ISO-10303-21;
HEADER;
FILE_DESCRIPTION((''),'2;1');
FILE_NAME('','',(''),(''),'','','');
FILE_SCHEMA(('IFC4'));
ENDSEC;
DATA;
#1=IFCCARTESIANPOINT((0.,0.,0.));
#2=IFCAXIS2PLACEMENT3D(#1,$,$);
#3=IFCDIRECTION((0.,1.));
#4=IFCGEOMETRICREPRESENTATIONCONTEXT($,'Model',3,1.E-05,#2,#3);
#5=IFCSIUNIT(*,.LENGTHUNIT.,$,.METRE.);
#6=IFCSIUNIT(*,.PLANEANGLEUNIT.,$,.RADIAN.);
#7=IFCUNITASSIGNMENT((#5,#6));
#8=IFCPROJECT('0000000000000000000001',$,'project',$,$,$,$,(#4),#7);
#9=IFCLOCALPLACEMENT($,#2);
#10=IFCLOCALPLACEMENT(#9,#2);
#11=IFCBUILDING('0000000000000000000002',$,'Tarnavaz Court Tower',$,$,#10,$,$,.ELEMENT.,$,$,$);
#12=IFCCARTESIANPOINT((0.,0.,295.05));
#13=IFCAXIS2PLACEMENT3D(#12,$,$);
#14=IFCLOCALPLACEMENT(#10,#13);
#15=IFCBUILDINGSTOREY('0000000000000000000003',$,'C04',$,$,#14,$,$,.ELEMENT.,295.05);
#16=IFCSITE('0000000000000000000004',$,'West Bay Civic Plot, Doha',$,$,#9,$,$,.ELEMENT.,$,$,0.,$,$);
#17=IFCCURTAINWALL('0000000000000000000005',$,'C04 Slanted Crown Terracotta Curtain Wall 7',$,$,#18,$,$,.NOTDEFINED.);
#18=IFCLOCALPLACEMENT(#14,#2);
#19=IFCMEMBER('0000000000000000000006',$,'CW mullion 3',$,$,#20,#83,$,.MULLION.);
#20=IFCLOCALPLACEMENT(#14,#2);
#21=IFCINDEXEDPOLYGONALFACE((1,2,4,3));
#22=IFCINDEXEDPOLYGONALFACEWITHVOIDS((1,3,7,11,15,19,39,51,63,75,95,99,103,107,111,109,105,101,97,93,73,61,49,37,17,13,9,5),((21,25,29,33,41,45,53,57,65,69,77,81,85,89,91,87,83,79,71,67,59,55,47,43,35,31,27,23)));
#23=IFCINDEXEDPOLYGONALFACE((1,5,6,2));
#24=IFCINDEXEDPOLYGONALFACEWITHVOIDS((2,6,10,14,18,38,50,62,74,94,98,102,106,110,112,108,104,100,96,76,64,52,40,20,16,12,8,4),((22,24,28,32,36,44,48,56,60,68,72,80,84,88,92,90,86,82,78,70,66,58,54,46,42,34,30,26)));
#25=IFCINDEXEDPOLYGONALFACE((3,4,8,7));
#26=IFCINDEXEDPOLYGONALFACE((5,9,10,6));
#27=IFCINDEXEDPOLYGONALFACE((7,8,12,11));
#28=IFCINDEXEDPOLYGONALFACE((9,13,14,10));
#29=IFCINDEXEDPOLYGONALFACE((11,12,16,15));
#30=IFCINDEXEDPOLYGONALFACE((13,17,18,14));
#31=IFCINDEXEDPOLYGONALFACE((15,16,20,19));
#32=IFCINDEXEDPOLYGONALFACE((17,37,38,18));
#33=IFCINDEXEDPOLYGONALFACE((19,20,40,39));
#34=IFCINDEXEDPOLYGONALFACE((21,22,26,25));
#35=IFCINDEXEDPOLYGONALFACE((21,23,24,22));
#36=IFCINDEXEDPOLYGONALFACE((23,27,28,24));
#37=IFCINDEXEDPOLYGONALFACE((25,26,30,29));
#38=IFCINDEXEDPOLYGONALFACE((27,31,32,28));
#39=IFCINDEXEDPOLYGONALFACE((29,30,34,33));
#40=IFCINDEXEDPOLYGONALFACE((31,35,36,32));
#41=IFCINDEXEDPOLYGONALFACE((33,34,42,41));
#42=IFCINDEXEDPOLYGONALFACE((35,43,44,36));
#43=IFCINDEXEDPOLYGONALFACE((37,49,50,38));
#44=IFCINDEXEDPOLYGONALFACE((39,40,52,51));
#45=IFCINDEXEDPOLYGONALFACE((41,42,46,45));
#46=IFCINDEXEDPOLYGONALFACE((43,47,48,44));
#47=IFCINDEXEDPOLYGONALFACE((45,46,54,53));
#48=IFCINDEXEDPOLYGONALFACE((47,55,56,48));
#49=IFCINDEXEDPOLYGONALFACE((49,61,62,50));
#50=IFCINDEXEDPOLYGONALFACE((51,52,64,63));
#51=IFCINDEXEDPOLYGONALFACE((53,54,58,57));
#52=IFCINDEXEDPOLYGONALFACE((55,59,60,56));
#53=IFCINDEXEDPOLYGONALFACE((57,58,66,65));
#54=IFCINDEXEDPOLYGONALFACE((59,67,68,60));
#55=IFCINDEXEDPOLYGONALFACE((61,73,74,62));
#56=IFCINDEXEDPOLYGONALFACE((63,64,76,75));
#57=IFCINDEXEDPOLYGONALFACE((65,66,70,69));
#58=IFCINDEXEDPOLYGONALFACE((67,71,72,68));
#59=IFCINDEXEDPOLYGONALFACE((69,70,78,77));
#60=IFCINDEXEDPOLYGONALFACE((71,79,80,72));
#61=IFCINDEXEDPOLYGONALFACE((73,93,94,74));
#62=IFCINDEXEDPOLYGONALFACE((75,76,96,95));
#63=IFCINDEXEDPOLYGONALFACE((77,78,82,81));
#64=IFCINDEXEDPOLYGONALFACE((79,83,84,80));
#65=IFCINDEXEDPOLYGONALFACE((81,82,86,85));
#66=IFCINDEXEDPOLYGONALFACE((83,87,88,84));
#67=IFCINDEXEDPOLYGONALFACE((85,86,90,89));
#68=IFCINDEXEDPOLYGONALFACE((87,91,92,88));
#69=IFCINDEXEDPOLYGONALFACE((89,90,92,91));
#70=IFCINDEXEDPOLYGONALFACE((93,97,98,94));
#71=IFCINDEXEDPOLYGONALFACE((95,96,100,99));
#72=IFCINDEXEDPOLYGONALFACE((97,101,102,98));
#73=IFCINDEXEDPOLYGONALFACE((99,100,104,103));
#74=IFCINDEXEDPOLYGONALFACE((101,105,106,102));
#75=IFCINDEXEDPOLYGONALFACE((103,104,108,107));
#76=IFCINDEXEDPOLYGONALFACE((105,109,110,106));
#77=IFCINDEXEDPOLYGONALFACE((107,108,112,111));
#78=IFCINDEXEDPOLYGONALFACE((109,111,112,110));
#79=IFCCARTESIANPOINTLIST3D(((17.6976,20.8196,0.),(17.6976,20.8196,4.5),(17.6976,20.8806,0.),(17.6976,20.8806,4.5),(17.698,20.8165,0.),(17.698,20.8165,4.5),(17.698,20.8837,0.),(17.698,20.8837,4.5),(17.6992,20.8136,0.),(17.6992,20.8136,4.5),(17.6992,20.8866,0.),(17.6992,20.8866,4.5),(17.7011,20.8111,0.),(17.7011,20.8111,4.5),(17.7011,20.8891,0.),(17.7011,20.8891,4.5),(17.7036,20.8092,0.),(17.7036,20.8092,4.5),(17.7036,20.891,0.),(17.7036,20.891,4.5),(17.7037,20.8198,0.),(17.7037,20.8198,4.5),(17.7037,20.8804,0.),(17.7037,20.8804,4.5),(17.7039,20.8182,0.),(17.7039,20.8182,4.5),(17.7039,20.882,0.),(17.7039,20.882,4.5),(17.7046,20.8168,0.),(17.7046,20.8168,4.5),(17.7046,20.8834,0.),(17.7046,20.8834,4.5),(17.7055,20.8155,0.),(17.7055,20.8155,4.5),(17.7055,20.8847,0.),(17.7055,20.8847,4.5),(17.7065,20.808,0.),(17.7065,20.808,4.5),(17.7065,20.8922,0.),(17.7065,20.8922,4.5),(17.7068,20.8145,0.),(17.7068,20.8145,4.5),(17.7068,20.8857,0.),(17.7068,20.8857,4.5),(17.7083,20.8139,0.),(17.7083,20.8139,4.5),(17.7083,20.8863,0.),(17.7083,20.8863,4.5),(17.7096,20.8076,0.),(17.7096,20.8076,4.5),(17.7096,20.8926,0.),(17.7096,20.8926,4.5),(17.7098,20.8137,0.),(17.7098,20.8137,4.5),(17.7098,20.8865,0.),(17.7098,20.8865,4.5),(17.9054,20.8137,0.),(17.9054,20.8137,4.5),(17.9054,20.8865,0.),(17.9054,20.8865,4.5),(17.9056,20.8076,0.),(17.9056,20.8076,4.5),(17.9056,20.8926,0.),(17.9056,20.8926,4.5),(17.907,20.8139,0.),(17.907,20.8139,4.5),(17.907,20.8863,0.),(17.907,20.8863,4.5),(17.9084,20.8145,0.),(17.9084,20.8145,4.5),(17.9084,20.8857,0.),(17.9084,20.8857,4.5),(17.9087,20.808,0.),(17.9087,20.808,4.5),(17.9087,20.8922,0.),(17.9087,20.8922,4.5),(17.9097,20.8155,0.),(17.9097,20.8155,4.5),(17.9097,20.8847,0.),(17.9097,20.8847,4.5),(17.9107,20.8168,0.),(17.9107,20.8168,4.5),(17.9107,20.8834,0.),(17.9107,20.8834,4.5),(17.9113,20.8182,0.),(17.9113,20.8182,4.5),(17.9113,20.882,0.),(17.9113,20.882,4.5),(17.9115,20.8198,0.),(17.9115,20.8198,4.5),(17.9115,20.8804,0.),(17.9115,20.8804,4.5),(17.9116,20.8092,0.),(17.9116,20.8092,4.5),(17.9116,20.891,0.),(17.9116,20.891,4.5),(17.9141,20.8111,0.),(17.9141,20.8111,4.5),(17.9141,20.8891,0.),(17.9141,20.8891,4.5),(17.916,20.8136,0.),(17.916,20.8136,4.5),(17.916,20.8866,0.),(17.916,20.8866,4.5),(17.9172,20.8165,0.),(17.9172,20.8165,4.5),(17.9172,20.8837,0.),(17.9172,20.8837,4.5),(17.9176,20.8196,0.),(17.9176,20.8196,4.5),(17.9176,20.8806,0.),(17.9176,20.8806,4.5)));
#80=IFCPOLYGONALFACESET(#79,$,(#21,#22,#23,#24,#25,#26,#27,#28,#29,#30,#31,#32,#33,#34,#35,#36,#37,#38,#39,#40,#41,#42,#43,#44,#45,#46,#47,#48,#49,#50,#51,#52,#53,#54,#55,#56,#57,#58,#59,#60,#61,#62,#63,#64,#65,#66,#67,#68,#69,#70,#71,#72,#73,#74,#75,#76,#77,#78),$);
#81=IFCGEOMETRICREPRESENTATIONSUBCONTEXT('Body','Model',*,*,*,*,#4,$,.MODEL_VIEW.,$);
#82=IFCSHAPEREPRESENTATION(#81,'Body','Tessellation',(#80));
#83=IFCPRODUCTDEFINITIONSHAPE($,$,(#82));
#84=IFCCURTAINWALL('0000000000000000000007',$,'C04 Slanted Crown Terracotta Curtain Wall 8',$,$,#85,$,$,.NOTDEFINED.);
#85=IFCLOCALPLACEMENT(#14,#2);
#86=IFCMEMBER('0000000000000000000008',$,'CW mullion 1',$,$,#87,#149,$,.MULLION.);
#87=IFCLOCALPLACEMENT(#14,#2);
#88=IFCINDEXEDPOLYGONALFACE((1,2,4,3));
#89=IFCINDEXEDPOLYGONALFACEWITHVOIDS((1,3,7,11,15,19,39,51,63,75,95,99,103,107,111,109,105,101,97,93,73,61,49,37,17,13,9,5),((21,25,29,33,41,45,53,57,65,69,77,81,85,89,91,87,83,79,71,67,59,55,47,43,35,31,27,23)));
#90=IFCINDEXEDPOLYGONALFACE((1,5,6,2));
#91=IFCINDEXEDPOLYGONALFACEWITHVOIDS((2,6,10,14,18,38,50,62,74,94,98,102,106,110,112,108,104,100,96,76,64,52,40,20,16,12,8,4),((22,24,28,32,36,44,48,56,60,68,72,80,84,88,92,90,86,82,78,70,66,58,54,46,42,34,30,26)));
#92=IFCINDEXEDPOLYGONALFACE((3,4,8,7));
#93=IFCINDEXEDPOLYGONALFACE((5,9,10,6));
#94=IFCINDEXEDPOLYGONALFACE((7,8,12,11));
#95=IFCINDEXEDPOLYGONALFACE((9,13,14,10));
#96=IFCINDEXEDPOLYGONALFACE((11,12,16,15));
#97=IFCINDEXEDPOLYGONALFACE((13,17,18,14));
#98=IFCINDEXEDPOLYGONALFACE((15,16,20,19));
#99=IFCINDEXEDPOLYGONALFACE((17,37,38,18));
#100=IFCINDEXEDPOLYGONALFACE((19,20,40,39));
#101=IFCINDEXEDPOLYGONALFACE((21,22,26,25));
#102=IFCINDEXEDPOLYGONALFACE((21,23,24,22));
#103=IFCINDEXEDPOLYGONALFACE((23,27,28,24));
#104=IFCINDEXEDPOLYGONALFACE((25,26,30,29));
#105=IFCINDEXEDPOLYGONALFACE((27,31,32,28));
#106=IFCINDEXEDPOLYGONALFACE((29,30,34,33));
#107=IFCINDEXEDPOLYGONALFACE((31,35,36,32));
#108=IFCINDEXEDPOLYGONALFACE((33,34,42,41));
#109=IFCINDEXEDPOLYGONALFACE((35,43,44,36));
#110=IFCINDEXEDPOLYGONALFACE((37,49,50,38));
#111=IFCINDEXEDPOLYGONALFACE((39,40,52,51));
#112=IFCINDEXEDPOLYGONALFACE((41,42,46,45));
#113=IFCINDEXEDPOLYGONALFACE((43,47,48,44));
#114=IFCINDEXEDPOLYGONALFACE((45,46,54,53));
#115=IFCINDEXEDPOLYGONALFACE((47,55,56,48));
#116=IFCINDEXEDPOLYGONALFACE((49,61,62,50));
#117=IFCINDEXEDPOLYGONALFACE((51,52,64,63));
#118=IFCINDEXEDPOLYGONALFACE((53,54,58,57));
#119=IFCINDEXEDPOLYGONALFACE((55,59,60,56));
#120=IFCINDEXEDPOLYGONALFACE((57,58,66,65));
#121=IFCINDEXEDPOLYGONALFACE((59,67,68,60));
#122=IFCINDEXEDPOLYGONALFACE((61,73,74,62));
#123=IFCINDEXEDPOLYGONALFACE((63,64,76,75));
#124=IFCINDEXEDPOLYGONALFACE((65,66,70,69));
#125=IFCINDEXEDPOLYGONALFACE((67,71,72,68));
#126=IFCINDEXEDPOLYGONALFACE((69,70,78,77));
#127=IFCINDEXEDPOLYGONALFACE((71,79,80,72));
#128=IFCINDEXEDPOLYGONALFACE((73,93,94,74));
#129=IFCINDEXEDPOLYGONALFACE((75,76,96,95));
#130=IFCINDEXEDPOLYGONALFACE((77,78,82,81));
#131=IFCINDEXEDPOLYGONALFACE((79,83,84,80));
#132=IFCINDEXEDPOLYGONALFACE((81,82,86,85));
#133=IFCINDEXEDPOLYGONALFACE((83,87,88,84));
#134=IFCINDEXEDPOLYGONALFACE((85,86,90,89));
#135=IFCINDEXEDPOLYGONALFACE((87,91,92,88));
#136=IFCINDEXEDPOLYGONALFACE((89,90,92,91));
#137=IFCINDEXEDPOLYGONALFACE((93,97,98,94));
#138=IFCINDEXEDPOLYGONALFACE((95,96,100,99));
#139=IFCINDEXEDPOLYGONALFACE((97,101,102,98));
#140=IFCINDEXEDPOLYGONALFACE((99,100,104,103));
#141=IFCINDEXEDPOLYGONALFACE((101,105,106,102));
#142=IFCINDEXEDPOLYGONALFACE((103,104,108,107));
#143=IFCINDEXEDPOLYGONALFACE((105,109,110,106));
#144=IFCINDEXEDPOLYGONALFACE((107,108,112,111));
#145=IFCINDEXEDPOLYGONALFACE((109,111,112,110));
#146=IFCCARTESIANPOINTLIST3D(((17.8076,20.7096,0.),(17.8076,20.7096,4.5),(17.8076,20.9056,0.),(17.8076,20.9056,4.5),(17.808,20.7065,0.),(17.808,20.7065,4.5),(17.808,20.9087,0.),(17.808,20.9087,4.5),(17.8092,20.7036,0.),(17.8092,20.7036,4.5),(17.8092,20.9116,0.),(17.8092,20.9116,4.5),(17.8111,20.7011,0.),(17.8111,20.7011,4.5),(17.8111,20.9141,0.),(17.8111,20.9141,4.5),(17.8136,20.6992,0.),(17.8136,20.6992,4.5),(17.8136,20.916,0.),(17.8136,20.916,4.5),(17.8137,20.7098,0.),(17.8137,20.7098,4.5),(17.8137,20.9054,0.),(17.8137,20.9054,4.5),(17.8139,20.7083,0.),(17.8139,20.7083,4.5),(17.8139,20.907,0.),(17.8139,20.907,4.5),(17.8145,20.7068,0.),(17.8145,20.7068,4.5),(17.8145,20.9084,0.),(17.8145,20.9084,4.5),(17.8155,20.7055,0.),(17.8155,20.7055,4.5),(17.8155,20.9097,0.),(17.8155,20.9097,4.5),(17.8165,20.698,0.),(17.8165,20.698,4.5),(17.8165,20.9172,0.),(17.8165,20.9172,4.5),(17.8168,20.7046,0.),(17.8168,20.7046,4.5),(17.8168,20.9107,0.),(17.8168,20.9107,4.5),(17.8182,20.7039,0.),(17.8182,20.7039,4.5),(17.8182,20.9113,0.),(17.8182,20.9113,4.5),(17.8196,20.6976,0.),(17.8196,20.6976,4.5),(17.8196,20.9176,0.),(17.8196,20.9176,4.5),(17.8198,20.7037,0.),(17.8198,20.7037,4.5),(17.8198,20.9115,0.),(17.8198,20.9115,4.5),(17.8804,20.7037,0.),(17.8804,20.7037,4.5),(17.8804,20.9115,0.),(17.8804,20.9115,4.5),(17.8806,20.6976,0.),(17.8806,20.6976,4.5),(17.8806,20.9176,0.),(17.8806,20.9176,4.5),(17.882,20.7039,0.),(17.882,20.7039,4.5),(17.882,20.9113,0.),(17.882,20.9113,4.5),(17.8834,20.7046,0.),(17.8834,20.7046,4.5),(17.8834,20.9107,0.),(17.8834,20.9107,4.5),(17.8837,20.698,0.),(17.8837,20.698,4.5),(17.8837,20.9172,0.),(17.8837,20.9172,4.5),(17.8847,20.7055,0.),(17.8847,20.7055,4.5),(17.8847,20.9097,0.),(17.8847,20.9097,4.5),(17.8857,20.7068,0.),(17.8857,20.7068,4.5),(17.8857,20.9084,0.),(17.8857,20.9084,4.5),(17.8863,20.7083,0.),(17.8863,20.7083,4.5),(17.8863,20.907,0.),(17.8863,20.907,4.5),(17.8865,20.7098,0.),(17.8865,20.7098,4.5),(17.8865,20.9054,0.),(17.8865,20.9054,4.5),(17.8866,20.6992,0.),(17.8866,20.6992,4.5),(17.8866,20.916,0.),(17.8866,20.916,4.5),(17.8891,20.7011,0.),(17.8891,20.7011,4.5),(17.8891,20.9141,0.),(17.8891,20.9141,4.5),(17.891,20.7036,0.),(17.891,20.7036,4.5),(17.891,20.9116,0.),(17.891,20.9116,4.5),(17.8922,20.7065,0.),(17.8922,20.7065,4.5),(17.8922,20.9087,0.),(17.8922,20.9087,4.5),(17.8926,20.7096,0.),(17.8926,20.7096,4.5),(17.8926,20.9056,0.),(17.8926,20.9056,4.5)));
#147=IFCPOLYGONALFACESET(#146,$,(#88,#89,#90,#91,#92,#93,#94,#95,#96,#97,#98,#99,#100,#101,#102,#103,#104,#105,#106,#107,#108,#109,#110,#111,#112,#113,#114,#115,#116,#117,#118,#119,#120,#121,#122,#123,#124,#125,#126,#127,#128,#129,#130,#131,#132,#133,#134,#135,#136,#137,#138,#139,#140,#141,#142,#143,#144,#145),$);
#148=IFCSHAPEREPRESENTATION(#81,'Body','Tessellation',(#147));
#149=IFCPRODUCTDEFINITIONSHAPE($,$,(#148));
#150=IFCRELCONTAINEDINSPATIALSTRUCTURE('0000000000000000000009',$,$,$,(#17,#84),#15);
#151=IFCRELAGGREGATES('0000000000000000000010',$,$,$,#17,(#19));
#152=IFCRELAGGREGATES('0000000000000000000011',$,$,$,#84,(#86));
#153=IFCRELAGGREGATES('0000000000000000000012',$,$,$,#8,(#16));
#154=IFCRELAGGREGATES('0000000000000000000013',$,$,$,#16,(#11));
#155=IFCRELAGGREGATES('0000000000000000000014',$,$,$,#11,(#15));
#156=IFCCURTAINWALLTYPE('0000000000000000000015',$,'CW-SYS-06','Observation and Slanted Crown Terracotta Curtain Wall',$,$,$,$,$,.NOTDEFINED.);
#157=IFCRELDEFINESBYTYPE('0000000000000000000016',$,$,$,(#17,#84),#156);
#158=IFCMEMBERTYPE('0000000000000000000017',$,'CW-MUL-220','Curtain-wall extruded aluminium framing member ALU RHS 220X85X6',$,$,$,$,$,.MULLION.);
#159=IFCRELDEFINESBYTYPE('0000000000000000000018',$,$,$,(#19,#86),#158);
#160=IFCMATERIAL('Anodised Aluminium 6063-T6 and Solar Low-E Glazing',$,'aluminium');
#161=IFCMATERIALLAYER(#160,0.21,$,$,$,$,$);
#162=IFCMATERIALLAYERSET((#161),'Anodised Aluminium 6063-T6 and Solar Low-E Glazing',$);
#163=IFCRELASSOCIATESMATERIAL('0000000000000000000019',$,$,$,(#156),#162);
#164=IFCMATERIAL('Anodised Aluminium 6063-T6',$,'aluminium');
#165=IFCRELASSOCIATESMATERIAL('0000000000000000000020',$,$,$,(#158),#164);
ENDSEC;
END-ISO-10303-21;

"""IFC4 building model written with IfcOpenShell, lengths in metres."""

from ifc_helpers import new_model, si_unit, direction, frame, origin, origin_2d, place, context, subcontext, project, spatial, hollow_rectangle, extrude, material, layer, layer_set, material_profile, profile_set, type_object, element, aggregate, save


model = new_model("IFC4")

# Units and contexts
model_context = context("Model", 3, precision=1e-05, world=origin(), true_north=direction((0.0, 1.0)))
body_context = subcontext(model_context, "Body", "Model", "MODEL_VIEW")
ifc_project = project(units=[si_unit("LENGTHUNIT", "METRE"), si_unit("PLANEANGLEUNIT", "RADIAN")], contexts=[model_context])

# Site, building, storey
site_placement = place(None, origin())
site = spatial("IfcSite", under=ifc_project, at=site_placement, Name="West Bay Civic Plot, Doha", CompositionType="ELEMENT", RefElevation=0.0)
building_placement = place(site_placement, origin())
building = spatial("IfcBuilding", under=site, at=building_placement, Name="Tarnavaz Court Tower", CompositionType="ELEMENT")
storey_placement = place(building_placement, frame((0.0, 0.0, 295.05)))
storey = spatial("IfcBuildingStorey", under=building, at=storey_placement, Name="C04", CompositionType="ELEMENT", Elevation=295.05)

# Curtain wall, member
ifc_material_1 = material(Name="Anodised Aluminium 6063-T6 and Solar Low-E Glazing", Category="aluminium")
ifc_layer_1 = layer(ifc_material_1, 0.21)
ifc_layer_set_1 = layer_set([ifc_layer_1], Name="Anodised Aluminium 6063-T6 and Solar Low-E Glazing")
curtain_wall_type = type_object("IfcCurtainWallType", Name="CW-SYS-06", Description="Observation and Slanted Crown Terracotta Curtain Wall", PredefinedType="NOTDEFINED", material=ifc_layer_set_1)
curtain_wall_1_placement = place(storey_placement, origin())
curtain_wall_1 = element("IfcCurtainWall", 1, at=curtain_wall_1_placement, inside=storey, type_object=curtain_wall_type, Name="C04 Slanted Crown Terracotta Curtain Wall 7", PredefinedType="NOTDEFINED")
ifc_material_2 = material(Name="Anodised Aluminium 6063-T6", Category="aluminium")
ifc_material_profile_1 = material_profile(ifc_material_2, hollow_rectangle(XDim=0.085, YDim=0.22, WallThickness=0.0061, InnerFilletRadius=0.0061, OuterFilletRadius=0.012, at=origin_2d()), Name="ALU RHS 220X85X6")
ifc_profile_set_1 = profile_set([ifc_material_profile_1], Name="Anodised Aluminium 6063-T6")
member_type_1 = type_object("IfcMemberType", Name="CW-MUL-220", Description="Curtain-wall extruded aluminium framing member ALU RHS 220X85X6", PredefinedType="MULLION", material=ifc_profile_set_1)
member_1_placement = place(storey_placement, frame((17.8076, 20.8501, 0.0), z_axis=(0.0, 0.0, 1.0), x_axis=(0.0, 1.0, 0.0)))
member_1 = element("IfcMember", 2, at=member_1_placement, type_object=member_type_1, Name="CW mullion 3", PredefinedType="MULLION", context=body_context, shape_type="SweptSolid", body=[
    extrude(hollow_rectangle(XDim=0.085, YDim=0.22, WallThickness=0.0061, InnerFilletRadius=0.0061, OuterFilletRadius=0.012, at=origin_2d()), origin(), (0.0, 0.0, 1.0), 4.5),
])
aggregate(curtain_wall_1, [member_1])

# Curtain wall, member
curtain_wall_2_placement = place(storey_placement, origin())
curtain_wall_2 = element("IfcCurtainWall", 3, at=curtain_wall_2_placement, inside=storey, type_object=curtain_wall_type, Name="C04 Slanted Crown Terracotta Curtain Wall 8", PredefinedType="NOTDEFINED")
member_2_placement = place(storey_placement, frame((17.8501, 20.8076, 0.0), z_axis=(0.0, 0.0, 1.0), x_axis=(1.0, 0.0, 0.0)))
member_2 = element("IfcMember", 4, at=member_2_placement, type_object=member_type_1, Name="CW mullion 1", PredefinedType="MULLION", context=body_context, shape_type="SweptSolid", body=[
    extrude(hollow_rectangle(XDim=0.085, YDim=0.22, WallThickness=0.0061, InnerFilletRadius=0.0061, OuterFilletRadius=0.012, at=origin_2d()), origin(), (0.0, 0.0, 1.0), 4.5),
])

aggregate(curtain_wall_2, [member_2])

save(model, "model.ifc")
